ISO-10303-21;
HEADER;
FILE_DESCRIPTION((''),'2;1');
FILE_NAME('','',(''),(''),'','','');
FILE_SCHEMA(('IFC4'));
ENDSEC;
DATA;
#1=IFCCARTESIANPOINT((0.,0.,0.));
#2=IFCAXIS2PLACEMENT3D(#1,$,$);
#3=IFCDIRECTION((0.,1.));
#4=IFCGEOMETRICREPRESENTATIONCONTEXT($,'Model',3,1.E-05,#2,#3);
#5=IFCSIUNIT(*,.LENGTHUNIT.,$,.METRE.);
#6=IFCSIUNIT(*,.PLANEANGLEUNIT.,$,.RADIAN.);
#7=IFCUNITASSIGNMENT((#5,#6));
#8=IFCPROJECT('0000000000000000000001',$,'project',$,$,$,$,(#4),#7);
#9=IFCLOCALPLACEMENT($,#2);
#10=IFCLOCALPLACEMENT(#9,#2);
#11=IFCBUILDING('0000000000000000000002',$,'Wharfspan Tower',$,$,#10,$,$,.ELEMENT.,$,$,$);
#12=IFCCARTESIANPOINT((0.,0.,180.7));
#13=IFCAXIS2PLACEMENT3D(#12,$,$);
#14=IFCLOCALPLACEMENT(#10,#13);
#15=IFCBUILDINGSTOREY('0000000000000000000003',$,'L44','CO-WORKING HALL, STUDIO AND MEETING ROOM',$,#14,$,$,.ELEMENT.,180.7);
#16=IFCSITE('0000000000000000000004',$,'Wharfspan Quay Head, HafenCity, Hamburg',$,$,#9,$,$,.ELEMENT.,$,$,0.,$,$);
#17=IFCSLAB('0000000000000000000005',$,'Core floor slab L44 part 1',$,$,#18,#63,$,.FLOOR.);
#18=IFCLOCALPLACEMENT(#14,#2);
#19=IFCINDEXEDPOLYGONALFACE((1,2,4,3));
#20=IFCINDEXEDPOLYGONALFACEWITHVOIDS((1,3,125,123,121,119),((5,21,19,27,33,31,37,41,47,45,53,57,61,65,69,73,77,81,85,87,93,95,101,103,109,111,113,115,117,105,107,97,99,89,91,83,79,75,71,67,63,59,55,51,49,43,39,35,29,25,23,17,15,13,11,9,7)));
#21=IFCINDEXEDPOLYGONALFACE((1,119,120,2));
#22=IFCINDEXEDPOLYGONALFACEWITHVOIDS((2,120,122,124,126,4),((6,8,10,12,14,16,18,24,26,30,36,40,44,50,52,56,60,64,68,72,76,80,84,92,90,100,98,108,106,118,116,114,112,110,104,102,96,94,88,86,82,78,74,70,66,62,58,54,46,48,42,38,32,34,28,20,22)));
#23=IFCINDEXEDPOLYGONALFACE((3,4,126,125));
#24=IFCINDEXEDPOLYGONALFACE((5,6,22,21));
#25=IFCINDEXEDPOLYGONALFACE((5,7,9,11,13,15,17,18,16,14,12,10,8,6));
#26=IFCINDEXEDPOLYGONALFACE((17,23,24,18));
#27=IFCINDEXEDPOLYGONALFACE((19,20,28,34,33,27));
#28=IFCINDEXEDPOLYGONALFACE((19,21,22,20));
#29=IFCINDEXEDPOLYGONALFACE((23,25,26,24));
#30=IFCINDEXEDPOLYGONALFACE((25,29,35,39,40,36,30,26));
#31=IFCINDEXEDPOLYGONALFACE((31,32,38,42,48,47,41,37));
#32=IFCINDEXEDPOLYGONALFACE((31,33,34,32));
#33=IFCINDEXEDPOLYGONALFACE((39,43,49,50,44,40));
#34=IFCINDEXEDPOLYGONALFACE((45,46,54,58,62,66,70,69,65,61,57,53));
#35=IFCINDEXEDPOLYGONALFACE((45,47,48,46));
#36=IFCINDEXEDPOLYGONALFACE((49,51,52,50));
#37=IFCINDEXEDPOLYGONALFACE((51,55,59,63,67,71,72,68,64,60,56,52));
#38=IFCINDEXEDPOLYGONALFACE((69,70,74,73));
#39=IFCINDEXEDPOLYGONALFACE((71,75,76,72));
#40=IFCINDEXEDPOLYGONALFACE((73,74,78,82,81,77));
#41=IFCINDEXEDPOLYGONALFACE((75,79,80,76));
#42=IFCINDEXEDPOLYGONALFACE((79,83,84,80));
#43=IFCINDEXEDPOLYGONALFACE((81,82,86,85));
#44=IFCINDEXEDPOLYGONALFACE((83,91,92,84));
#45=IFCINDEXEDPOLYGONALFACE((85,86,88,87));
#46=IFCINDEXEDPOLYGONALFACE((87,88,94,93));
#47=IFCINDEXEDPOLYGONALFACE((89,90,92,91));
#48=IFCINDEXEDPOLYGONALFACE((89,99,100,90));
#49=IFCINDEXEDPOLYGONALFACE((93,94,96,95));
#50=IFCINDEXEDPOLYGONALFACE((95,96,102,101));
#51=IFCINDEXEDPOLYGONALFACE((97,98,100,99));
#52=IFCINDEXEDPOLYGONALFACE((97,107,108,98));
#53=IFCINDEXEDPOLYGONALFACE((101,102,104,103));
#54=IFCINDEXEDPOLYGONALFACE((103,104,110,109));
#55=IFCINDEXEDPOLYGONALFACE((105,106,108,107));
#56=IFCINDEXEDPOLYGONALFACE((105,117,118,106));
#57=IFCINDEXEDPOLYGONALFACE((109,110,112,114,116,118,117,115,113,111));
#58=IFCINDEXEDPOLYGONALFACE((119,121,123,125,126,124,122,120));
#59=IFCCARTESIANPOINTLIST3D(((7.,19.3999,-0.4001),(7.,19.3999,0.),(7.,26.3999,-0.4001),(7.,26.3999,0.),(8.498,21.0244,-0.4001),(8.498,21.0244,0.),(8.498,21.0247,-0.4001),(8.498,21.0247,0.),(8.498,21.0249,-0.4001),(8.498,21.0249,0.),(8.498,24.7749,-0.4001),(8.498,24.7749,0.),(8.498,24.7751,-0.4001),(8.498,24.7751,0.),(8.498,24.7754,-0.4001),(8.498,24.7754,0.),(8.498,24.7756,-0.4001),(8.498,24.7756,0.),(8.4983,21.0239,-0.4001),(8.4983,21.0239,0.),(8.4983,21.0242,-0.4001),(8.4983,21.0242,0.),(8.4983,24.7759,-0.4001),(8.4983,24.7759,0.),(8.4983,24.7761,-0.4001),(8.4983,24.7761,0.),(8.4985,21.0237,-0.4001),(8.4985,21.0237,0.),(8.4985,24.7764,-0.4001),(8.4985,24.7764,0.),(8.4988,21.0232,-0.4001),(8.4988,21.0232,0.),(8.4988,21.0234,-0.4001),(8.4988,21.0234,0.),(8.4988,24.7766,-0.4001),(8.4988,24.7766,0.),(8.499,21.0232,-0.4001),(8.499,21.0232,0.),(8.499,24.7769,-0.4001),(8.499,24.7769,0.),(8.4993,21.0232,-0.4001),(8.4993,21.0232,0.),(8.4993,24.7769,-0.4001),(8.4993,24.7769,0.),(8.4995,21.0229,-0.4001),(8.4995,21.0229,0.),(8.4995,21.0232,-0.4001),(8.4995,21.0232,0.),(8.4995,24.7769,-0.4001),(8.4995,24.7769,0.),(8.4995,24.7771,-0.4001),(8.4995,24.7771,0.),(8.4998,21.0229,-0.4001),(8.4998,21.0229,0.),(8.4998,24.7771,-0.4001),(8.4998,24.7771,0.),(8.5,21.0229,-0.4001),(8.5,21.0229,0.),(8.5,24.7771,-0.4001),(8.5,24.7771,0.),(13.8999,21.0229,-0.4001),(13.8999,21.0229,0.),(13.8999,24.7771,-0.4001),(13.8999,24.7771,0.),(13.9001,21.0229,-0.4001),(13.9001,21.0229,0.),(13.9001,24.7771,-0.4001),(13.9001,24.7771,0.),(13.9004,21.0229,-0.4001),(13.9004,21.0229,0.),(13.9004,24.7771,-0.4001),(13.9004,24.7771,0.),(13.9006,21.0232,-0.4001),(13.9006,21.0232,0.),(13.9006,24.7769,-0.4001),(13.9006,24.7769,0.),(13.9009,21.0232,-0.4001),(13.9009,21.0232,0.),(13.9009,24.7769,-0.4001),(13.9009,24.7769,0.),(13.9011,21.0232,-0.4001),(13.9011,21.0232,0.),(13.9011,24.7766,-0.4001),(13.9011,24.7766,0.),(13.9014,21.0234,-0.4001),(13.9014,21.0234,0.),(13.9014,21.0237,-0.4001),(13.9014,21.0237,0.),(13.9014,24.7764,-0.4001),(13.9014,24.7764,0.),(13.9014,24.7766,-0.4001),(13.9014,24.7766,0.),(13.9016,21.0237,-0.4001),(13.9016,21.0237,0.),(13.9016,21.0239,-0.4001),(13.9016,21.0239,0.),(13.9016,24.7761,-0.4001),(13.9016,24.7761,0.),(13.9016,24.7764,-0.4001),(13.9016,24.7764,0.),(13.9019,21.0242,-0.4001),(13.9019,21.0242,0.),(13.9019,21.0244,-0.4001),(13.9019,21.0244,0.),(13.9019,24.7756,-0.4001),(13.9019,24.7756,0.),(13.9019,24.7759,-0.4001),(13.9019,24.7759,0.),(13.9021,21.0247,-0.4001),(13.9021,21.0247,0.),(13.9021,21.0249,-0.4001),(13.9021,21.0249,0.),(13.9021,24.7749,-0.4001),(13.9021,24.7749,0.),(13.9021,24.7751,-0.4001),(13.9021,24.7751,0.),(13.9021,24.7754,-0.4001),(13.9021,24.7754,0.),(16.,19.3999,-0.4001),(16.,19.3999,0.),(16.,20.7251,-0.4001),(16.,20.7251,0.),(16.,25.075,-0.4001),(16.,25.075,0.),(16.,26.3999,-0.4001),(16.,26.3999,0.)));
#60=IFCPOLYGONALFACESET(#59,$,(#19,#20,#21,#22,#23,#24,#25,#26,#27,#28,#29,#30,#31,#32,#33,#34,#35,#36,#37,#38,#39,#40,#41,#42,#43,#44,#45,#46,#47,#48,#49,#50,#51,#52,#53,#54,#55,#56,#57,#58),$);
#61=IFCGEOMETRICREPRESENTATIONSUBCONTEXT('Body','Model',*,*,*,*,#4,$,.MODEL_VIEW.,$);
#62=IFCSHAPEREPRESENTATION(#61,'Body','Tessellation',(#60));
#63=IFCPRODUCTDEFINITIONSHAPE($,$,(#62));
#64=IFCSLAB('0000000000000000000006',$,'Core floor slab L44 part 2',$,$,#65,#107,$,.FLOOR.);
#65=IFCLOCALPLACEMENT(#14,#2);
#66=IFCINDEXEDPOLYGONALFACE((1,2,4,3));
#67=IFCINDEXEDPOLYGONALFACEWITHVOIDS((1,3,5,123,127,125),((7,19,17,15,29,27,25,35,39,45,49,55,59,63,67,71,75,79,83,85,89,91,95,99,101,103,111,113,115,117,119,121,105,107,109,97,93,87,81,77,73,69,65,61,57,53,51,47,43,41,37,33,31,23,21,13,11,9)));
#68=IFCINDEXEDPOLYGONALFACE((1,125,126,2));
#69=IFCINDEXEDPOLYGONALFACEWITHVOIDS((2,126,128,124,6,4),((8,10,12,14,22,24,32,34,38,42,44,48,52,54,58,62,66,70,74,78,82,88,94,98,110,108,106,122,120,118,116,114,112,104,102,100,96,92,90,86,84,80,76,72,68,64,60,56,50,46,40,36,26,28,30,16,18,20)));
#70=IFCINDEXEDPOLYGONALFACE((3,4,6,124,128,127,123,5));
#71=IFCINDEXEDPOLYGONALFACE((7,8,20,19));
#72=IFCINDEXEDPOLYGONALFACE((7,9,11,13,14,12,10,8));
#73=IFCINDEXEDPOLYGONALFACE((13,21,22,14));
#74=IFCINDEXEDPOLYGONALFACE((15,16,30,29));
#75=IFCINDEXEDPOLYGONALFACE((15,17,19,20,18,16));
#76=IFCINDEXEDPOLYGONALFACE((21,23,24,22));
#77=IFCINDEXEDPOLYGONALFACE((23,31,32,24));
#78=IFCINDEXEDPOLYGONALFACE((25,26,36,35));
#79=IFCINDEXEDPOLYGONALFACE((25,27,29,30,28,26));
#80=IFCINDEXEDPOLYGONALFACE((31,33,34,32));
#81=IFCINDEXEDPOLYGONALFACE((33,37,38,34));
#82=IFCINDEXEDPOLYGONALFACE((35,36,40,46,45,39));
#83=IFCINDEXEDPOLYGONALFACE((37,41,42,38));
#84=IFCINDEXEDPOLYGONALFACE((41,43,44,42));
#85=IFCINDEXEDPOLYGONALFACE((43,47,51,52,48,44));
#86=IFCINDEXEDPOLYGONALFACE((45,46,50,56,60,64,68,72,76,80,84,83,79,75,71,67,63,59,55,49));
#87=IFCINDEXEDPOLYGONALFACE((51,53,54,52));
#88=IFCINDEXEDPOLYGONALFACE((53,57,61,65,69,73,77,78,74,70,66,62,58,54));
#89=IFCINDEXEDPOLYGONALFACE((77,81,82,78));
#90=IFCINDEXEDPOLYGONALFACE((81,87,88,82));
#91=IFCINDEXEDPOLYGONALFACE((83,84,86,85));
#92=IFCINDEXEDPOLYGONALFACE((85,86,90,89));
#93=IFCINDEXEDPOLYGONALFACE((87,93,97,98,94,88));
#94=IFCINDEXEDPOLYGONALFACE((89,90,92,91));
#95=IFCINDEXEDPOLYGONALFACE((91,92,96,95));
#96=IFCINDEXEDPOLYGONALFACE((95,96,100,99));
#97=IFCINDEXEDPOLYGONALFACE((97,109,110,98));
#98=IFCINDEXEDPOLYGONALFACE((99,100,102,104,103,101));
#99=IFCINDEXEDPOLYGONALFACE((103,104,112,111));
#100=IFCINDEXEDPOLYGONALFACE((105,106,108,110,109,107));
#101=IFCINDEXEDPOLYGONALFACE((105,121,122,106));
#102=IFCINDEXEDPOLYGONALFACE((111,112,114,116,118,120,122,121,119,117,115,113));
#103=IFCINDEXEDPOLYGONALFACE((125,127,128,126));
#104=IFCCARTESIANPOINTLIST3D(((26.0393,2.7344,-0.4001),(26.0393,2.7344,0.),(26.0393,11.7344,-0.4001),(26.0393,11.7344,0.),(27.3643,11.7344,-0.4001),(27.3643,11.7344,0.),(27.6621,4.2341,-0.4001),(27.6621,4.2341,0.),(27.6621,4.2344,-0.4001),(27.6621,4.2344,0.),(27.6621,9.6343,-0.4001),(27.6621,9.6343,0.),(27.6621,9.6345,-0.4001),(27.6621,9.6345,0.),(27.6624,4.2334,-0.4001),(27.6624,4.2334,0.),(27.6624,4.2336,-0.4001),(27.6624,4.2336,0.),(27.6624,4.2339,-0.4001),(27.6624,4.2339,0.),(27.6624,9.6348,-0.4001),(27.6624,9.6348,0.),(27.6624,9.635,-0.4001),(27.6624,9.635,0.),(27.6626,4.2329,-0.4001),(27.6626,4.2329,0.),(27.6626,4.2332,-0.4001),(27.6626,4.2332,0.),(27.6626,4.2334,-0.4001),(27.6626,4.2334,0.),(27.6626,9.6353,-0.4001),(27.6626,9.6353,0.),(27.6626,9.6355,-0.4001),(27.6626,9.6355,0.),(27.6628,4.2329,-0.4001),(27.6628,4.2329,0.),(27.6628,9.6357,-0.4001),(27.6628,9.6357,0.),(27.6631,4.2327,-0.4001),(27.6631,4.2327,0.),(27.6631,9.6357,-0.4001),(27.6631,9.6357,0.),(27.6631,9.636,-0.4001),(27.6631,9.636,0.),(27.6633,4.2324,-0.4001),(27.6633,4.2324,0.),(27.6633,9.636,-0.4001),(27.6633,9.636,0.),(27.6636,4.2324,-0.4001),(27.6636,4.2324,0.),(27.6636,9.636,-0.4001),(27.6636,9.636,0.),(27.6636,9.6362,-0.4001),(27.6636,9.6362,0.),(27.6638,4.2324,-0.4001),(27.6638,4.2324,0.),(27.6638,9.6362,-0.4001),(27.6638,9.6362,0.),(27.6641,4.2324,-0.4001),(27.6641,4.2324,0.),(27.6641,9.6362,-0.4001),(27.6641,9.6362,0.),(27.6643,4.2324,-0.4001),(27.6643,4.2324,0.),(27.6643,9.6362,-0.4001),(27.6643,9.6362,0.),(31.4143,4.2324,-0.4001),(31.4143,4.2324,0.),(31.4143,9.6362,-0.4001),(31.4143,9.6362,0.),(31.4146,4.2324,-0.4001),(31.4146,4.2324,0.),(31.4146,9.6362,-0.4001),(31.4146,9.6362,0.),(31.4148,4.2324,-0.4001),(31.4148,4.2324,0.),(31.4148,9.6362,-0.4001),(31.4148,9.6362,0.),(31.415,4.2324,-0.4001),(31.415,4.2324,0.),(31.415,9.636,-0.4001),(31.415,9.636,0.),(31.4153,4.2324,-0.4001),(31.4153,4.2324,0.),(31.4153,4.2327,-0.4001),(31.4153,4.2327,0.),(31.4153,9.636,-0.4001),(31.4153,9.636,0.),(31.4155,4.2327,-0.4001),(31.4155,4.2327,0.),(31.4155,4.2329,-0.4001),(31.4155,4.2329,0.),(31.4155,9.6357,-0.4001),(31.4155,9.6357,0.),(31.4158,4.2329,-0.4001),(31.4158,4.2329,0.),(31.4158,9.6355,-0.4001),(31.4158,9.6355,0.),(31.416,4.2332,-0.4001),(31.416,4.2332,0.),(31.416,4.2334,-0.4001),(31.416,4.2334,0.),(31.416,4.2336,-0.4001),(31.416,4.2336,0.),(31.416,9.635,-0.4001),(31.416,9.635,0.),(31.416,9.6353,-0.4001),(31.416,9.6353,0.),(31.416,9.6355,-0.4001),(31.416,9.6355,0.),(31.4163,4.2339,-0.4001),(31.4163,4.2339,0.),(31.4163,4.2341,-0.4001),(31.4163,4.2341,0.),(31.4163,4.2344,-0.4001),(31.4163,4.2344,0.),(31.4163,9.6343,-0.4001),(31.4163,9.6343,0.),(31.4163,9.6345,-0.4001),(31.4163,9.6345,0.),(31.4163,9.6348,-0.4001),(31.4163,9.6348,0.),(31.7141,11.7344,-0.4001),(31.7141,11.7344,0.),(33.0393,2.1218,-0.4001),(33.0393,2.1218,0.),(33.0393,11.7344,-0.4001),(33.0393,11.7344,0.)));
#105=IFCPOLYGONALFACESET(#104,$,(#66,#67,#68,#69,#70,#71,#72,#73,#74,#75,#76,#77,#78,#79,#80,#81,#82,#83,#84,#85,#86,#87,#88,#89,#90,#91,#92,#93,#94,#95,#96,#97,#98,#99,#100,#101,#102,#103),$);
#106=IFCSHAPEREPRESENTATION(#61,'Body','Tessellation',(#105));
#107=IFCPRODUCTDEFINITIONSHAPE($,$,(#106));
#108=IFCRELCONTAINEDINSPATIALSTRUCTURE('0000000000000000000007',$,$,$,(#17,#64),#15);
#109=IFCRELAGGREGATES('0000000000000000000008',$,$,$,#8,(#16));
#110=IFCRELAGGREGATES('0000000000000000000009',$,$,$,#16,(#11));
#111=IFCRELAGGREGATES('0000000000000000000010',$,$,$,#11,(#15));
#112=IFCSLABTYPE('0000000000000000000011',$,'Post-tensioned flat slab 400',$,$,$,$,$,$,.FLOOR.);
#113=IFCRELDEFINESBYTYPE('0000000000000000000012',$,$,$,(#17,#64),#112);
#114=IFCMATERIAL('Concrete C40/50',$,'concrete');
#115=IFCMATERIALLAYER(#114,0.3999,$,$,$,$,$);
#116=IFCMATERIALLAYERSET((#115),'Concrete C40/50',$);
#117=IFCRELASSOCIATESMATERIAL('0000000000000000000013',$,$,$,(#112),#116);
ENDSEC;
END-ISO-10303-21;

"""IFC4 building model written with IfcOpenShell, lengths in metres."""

from ifc_helpers import new_model, si_unit, direction, frame, origin, place, context, subcontext, project, spatial, polyline, outline, extrude, material, layer, layer_set, type_object, element, save


model = new_model("IFC4")

# Units and contexts
model_context = context("Model", 3, precision=1e-05, world=origin(), true_north=direction((0.0, 1.0)))
body_context = subcontext(model_context, "Body", "Model", "MODEL_VIEW")
ifc_project = project(units=[si_unit("LENGTHUNIT", "METRE"), si_unit("PLANEANGLEUNIT", "RADIAN")], contexts=[model_context])

# Site, building, storey
site_placement = place(None, origin())
site = spatial("IfcSite", under=ifc_project, at=site_placement, Name="Wharfspan Quay Head, HafenCity, Hamburg", CompositionType="ELEMENT", RefElevation=0.0)
building_placement = place(site_placement, origin())
building = spatial("IfcBuilding", under=site, at=building_placement, Name="Wharfspan Tower", CompositionType="ELEMENT")
storey_placement = place(building_placement, frame((0.0, 0.0, 180.7)))
storey = spatial("IfcBuildingStorey", under=building, at=storey_placement, Name="L44", Description="CO-WORKING HALL, STUDIO AND MEETING ROOM", CompositionType="ELEMENT", Elevation=180.7)

# Slabs
ifc_material_1 = material(Name="Concrete C40/50", Category="concrete")
ifc_layer_1 = layer(ifc_material_1, 0.3999)
ifc_layer_set_1 = layer_set([ifc_layer_1], Name="Concrete C40/50")
slab_type_1 = type_object("IfcSlabType", Name="Post-tensioned flat slab 400", PredefinedType="FLOOR", material=ifc_layer_set_1)
slab_1_placement = place(storey_placement, frame((0.0, 0.0, -0.4001)))
element("IfcSlab", 1, at=slab_1_placement, inside=storey, type_object=slab_type_1, Name="Core floor slab L44 part 1", PredefinedType="FLOOR", context=body_context, shape_type="SweptSolid", body=[
    extrude(outline(polyline([(16.0, 20.7251), (16.0, 25.075), (16.0, 26.3999), (7.0, 26.3999), (7.0, 19.3999), (16.0, 19.3999), (16.0, 20.7251)]), holes=[polyline([(13.8999, 24.7771), (13.9001, 24.7771), (13.9004, 24.7771), (13.9006, 24.7769), (13.9009, 24.7769), (13.9009, 24.7769), (13.9011, 24.7766), (13.9014, 24.7766), (13.9014, 24.7764), (13.9016, 24.7764), (13.9016, 24.7761), (13.9019, 24.7759), (13.9019, 24.7759), (13.9019, 24.7756), (13.9021, 24.7754), (13.9021, 24.7751), (13.9021, 24.7749), (13.9021, 21.0249), (13.9021, 21.0249), (13.9021, 21.0247), (13.9019, 21.0244), (13.9019, 21.0242), (13.9019, 21.0242), (13.9016, 21.0239), (13.9016, 21.0237), (13.9014, 21.0237), (13.9014, 21.0234), (13.9011, 21.0232), (13.9009, 21.0232), (13.9009, 21.0232), (13.9006, 21.0232), (13.9004, 21.0229), (13.9001, 21.0229), (13.8999, 21.0229), (8.5, 21.0229), (8.4998, 21.0229), (8.4995, 21.0229), (8.4995, 21.0232), (8.4993, 21.0232), (8.499, 21.0232), (8.4988, 21.0232), (8.4988, 21.0234), (8.4985, 21.0237), (8.4985, 21.0237), (8.4983, 21.0239), (8.4983, 21.0242), (8.4983, 21.0242), (8.498, 21.0244), (8.498, 21.0247), (8.498, 21.0249), (8.498, 21.0249), (8.498, 24.7749), (8.498, 24.7751), (8.498, 24.7754), (8.498, 24.7756), (8.4983, 24.7759), (8.4983, 24.7759), (8.4983, 24.7761), (8.4985, 24.7764), (8.4985, 24.7764), (8.4988, 24.7766), (8.4988, 24.7766), (8.499, 24.7769), (8.4993, 24.7769), (8.4995, 24.7769), (8.4995, 24.7771), (8.4998, 24.7771), (8.5, 24.7771), (13.8999, 24.7771)])]), origin(), (0.0, 0.0, 1.0), 0.4001),
])
slab_2_placement = place(storey_placement, frame((0.0, 0.0, -0.4001)))
element("IfcSlab", 2, at=slab_2_placement, inside=storey, type_object=slab_type_1, Name="Core floor slab L44 part 2", PredefinedType="FLOOR", context=body_context, shape_type="SweptSolid", body=[
    extrude(outline(polyline([(31.7141, 11.7344), (27.3643, 11.7344), (26.0393, 11.7344), (26.0393, 2.7344), (33.0393, 2.1218), (33.0393, 11.7344), (31.7141, 11.7344)]), holes=[polyline([(27.6621, 9.6343), (27.6621, 9.6345), (27.6624, 9.6348), (27.6624, 9.635), (27.6624, 9.635), (27.6626, 9.6353), (27.6626, 9.6355), (27.6626, 9.6355), (27.6628, 9.6357), (27.6631, 9.6357), (27.6631, 9.636), (27.6633, 9.636), (27.6636, 9.636), (27.6636, 9.6362), (27.6638, 9.6362), (27.6641, 9.6362), (27.6643, 9.6362), (31.4143, 9.6362), (31.4143, 9.6362), (31.4146, 9.6362), (31.4148, 9.6362), (31.415, 9.636), (31.4153, 9.636), (31.4153, 9.636), (31.4155, 9.6357), (31.4155, 9.6357), (31.4158, 9.6355), (31.416, 9.6355), (31.416, 9.6353), (31.416, 9.635), (31.416, 9.635), (31.4163, 9.6348), (31.4163, 9.6345), (31.4163, 9.6343), (31.4163, 4.2344), (31.4163, 4.2341), (31.4163, 4.2339), (31.416, 4.2336), (31.416, 4.2334), (31.416, 4.2334), (31.416, 4.2332), (31.4158, 4.2329), (31.4155, 4.2329), (31.4155, 4.2327), (31.4153, 4.2327), (31.4153, 4.2324), (31.415, 4.2324), (31.4148, 4.2324), (31.4146, 4.2324), (31.4143, 4.2324), (31.4143, 4.2324), (27.6643, 4.2324), (27.6641, 4.2324), (27.6638, 4.2324), (27.6636, 4.2324), (27.6636, 4.2324), (27.6633, 4.2324), (27.6631, 4.2327), (27.6631, 4.2327), (27.6628, 4.2329), (27.6626, 4.2329), (27.6626, 4.2332), (27.6626, 4.2334), (27.6624, 4.2334), (27.6624, 4.2336), (27.6624, 4.2339), (27.6621, 4.2341), (27.6621, 4.2344), (27.6621, 9.6343)])]), origin(), (0.0, 0.0, 1.0), 0.4001),
])

save(model, "model.ifc")
